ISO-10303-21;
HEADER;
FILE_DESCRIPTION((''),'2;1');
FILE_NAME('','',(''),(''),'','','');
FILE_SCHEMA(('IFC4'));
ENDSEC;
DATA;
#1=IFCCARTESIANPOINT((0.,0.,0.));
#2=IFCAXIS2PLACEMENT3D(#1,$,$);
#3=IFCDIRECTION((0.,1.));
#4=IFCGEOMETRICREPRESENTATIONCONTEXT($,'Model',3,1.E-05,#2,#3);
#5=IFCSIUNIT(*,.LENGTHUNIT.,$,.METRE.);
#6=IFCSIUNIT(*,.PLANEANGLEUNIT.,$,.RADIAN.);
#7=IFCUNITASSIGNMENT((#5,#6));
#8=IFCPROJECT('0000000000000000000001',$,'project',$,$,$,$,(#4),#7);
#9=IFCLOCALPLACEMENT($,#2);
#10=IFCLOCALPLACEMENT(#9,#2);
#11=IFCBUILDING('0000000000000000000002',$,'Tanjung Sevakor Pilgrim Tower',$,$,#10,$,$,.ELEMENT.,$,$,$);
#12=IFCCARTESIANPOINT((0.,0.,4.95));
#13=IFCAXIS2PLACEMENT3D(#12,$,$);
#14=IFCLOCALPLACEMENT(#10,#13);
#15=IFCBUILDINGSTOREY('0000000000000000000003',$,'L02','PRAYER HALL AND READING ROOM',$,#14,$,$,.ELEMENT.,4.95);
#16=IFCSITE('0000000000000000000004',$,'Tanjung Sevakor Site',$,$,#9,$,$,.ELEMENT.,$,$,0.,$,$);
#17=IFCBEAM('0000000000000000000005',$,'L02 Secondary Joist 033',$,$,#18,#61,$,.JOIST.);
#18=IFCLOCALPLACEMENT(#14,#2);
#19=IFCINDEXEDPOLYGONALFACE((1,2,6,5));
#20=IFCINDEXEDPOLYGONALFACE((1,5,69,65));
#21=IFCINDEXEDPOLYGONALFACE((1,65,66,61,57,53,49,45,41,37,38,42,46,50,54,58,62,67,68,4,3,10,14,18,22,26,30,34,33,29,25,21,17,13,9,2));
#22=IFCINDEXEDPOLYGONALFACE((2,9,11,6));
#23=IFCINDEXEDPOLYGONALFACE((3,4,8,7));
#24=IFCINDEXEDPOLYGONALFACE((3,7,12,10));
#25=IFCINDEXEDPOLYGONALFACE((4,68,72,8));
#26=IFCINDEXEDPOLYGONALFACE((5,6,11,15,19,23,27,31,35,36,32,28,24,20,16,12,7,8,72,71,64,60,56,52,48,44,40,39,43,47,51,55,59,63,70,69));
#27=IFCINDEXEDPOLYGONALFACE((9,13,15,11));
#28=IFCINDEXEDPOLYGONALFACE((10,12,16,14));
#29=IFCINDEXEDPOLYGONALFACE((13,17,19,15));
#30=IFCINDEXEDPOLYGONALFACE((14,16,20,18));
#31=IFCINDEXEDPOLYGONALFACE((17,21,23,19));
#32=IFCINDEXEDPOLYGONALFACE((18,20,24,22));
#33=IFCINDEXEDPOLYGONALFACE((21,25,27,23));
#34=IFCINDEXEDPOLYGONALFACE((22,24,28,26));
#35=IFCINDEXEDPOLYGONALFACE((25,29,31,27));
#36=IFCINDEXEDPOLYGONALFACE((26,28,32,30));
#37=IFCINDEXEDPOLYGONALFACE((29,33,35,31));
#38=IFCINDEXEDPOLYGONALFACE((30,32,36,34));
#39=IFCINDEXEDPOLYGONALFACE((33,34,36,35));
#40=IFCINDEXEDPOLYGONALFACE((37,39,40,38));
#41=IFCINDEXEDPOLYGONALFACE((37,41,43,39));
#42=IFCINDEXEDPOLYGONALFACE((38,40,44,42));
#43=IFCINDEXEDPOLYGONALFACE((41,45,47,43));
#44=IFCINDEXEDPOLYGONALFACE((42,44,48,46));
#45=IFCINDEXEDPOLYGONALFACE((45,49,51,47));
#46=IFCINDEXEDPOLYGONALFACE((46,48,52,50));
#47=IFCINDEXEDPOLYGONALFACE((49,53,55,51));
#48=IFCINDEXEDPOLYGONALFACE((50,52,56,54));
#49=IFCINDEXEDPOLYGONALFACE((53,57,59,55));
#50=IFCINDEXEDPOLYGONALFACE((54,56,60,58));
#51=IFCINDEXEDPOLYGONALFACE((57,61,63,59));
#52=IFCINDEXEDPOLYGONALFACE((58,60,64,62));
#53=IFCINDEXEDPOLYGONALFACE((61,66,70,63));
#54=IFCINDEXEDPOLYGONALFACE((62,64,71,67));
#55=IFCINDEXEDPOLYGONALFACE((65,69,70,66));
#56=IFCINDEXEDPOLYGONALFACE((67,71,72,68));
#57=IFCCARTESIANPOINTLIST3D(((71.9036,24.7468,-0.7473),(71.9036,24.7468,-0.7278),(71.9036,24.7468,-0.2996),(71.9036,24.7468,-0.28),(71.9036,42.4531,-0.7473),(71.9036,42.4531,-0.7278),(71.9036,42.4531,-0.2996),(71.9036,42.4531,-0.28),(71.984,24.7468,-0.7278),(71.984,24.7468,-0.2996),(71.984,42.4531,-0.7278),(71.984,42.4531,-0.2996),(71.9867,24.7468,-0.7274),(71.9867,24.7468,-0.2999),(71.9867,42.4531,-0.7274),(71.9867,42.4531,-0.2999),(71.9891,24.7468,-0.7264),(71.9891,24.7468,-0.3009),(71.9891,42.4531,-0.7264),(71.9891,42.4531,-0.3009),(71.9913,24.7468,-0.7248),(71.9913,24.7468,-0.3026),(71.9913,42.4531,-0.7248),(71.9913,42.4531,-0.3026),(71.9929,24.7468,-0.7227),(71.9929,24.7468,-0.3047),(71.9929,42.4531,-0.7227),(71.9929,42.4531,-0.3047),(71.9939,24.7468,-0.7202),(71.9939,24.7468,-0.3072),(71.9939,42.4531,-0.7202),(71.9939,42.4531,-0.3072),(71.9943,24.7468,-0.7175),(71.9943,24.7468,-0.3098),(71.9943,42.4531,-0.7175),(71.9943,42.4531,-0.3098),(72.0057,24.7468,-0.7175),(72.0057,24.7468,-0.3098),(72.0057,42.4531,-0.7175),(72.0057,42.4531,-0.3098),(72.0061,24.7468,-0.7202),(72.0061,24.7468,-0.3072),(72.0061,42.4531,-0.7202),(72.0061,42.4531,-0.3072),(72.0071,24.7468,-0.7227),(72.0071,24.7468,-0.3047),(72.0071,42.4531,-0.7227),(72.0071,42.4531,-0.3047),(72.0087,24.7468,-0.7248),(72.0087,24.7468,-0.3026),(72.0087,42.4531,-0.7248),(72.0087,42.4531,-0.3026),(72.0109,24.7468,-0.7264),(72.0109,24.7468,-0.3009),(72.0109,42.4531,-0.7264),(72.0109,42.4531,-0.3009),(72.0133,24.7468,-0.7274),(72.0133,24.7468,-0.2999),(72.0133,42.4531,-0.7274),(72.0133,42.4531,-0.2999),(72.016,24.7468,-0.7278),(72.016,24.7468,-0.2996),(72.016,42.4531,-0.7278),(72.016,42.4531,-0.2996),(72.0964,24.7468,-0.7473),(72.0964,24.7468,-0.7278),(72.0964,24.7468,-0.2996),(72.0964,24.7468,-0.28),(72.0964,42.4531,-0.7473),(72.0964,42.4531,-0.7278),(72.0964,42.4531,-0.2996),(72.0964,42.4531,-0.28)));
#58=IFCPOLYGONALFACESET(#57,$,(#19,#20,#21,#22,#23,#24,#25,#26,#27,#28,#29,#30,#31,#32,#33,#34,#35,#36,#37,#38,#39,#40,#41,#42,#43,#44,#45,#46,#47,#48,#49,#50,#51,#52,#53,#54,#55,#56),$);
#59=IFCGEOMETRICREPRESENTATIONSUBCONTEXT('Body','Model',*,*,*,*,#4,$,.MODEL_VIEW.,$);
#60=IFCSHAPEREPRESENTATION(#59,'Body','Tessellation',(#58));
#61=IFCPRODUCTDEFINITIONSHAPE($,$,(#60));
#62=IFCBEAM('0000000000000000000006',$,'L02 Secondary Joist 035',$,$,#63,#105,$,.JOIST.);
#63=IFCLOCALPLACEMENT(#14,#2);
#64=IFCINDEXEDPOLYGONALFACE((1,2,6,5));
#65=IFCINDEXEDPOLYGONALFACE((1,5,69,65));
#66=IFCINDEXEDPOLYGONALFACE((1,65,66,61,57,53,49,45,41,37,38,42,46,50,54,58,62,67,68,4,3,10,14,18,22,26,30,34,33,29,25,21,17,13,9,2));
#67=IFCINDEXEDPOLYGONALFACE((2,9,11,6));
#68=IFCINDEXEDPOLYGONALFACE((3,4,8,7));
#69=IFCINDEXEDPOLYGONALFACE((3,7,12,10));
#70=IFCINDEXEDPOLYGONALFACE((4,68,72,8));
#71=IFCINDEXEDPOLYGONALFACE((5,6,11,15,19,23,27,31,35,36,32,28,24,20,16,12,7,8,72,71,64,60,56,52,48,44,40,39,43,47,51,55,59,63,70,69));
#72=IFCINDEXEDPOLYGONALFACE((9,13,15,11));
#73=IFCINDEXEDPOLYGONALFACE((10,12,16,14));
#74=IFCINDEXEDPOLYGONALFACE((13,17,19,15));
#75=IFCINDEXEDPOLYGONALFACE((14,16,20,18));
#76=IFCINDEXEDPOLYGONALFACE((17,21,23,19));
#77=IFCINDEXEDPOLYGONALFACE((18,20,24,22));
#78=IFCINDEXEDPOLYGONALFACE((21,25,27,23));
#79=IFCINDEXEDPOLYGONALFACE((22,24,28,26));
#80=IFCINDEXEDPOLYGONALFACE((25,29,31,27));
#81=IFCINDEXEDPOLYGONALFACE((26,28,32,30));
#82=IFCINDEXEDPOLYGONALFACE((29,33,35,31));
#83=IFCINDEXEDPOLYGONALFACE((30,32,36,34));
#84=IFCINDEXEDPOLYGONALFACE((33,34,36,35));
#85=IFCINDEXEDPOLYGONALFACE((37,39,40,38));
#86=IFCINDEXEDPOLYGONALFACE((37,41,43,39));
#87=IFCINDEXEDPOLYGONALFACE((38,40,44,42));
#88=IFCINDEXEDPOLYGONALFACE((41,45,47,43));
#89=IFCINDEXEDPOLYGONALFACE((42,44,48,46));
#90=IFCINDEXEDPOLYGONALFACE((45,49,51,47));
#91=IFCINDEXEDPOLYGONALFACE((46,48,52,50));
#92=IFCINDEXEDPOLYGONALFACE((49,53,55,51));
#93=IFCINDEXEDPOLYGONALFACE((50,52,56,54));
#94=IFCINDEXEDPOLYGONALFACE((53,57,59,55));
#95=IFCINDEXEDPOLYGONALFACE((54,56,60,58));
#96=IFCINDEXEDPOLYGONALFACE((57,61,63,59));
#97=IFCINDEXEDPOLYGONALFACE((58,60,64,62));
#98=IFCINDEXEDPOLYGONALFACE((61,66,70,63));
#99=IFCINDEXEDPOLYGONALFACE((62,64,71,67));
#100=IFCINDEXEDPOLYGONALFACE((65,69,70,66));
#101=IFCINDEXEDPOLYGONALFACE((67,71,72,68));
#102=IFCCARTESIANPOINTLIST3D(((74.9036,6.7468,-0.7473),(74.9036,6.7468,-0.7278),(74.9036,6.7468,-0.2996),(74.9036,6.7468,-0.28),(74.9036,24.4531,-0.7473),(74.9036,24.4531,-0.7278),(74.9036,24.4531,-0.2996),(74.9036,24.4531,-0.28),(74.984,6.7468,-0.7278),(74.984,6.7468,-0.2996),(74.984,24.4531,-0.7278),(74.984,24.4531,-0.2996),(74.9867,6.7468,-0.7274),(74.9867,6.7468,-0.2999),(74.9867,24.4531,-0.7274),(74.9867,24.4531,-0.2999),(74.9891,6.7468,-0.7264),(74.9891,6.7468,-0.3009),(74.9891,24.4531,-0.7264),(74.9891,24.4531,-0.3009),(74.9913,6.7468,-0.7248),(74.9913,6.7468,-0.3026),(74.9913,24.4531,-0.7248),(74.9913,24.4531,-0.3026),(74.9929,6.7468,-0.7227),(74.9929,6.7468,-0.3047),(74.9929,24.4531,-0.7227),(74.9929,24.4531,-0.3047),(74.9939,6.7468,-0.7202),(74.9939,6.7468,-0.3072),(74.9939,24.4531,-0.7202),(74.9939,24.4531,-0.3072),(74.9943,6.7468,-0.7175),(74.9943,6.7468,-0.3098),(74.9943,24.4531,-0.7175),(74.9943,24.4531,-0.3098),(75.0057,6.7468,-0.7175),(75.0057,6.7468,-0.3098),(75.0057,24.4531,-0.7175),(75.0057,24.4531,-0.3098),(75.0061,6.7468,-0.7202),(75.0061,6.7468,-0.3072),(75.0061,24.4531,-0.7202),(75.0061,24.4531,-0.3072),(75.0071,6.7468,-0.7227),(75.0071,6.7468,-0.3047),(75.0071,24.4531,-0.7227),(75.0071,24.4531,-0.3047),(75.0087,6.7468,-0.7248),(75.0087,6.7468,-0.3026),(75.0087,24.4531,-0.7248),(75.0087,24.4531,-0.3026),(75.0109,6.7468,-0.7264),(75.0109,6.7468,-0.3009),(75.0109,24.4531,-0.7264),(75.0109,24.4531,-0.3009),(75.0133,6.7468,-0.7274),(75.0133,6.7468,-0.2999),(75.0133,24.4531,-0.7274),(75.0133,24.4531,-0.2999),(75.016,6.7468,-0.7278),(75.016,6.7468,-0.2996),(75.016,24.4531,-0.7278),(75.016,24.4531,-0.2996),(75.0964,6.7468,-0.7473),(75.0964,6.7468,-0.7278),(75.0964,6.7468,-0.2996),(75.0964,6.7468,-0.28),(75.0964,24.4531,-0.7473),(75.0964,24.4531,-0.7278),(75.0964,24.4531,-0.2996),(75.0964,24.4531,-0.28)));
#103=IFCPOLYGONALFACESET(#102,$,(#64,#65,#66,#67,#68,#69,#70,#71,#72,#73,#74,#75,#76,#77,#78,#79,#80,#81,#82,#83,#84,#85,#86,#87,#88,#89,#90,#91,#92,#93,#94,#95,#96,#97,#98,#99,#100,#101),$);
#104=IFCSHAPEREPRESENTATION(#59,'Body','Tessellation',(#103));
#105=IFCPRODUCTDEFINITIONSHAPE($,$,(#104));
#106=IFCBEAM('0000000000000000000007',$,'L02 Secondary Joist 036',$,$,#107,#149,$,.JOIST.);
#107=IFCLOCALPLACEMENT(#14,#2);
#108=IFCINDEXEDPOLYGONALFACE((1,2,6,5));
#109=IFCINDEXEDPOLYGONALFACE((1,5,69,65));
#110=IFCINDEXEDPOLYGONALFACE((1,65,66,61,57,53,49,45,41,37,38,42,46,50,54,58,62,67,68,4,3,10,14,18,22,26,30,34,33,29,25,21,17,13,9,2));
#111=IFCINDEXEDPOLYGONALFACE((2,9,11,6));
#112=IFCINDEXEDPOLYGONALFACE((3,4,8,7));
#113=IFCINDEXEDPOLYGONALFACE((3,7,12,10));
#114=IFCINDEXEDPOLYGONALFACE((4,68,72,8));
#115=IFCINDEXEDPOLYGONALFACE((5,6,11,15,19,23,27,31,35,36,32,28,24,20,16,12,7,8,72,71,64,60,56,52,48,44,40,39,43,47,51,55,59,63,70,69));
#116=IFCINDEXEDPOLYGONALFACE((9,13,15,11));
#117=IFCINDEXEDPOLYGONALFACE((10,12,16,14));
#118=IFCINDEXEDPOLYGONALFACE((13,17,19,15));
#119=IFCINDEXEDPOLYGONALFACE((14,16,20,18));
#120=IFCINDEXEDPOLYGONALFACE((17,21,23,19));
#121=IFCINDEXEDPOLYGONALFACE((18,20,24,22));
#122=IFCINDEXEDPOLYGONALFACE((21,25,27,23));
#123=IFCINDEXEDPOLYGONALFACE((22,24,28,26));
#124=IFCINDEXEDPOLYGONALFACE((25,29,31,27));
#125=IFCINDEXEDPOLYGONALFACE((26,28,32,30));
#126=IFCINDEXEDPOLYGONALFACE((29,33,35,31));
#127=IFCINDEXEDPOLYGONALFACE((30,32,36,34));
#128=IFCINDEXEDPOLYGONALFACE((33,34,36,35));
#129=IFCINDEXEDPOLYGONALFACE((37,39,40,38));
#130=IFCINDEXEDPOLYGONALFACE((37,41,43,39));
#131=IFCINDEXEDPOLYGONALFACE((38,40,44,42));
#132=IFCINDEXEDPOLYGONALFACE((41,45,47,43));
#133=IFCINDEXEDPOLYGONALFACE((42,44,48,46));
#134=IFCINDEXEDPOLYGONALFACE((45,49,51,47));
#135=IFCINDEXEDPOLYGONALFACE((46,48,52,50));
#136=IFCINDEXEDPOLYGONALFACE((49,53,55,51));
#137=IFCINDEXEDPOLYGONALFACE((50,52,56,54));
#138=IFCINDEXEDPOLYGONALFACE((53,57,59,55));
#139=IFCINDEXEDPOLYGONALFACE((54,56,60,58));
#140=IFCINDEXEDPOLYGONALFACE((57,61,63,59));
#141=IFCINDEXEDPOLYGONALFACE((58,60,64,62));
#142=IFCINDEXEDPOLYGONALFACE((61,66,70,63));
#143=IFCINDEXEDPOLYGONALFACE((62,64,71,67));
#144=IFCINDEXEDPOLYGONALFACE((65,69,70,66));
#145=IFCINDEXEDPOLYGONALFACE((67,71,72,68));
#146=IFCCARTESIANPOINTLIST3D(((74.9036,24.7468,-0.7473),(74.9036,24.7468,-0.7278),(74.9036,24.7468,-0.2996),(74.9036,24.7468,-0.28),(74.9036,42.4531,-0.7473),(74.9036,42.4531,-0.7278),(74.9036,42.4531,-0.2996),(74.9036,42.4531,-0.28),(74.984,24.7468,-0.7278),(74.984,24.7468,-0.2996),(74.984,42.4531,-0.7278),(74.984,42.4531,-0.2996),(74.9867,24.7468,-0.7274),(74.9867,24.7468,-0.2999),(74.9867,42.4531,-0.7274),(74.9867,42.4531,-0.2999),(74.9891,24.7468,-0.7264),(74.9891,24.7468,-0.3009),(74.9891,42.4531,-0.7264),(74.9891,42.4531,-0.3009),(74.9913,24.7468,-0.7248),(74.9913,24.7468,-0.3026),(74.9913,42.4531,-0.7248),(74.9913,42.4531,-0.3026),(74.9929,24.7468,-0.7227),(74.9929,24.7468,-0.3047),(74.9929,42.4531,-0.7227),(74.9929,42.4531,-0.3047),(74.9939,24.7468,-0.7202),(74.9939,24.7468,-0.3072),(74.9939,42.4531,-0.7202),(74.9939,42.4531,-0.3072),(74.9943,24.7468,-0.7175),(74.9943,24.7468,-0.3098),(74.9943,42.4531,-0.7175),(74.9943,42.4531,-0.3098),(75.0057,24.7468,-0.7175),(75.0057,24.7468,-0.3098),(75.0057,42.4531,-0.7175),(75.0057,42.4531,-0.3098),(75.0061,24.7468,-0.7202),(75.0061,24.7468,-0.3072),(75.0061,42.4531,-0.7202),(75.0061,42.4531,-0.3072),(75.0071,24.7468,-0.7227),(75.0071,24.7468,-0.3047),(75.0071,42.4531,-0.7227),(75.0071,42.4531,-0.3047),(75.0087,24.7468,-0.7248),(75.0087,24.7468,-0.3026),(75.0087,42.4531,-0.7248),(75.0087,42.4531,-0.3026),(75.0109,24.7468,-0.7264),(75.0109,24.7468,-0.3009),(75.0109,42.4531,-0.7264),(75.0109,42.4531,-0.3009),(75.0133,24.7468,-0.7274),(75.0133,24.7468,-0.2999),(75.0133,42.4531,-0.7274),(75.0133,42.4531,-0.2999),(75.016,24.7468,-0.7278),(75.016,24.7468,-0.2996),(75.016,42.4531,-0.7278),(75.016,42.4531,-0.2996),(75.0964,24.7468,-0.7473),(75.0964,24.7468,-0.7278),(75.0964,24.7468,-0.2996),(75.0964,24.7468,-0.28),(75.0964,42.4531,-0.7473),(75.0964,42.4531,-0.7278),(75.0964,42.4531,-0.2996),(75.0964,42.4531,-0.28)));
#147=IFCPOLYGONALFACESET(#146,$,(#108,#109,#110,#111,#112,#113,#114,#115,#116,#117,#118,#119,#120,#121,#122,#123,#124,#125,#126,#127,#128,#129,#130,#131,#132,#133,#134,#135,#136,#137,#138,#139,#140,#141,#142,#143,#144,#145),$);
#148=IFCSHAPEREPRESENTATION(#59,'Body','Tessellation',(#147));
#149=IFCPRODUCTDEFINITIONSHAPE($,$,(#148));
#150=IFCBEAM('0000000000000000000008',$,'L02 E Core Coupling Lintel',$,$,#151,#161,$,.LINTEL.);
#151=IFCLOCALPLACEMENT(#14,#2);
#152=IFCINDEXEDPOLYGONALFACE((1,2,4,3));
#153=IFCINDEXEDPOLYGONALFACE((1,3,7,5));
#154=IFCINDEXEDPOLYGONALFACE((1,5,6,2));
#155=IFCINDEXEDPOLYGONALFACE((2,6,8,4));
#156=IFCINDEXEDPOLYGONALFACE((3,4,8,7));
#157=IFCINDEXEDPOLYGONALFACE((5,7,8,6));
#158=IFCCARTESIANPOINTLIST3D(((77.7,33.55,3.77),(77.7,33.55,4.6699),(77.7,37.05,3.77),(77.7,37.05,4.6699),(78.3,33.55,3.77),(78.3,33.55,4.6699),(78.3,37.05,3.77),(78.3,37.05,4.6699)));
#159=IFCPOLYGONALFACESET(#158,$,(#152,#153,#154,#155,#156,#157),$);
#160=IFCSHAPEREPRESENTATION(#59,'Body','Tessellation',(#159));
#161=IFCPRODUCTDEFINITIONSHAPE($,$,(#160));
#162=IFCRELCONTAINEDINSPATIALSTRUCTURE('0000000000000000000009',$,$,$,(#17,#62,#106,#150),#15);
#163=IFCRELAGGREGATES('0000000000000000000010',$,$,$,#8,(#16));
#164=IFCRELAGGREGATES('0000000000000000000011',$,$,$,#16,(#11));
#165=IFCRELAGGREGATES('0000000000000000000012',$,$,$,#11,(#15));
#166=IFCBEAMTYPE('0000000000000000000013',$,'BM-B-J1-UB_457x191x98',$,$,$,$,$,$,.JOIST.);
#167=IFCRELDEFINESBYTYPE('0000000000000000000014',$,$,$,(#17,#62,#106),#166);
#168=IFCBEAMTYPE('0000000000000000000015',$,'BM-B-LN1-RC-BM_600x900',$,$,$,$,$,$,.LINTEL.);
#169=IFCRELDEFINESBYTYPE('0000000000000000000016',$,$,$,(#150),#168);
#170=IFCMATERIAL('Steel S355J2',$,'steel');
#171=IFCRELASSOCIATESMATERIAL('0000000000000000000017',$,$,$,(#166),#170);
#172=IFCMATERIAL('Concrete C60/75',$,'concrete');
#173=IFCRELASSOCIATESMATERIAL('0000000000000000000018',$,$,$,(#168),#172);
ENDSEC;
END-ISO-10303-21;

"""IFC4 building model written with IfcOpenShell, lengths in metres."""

from ifc_helpers import new_model, si_unit, direction, frame, origin, origin_2d, place, context, subcontext, project, spatial, rectangle, i_section, extrude, material, material_profile, profile_set, type_object, element, save


model = new_model("IFC4")

# Units and contexts
model_context = context("Model", 3, precision=1e-05, world=origin(), true_north=direction((0.0, 1.0)))
body_context = subcontext(model_context, "Body", "Model", "MODEL_VIEW")
ifc_project = project(units=[si_unit("LENGTHUNIT", "METRE"), si_unit("PLANEANGLEUNIT", "RADIAN")], contexts=[model_context])

# Site, building, storey
site_placement = place(None, origin())
site = spatial("IfcSite", under=ifc_project, at=site_placement, Name="Tanjung Sevakor Site", CompositionType="ELEMENT", RefElevation=0.0)
building_placement = place(site_placement, origin())
building = spatial("IfcBuilding", under=site, at=building_placement, Name="Tanjung Sevakor Pilgrim Tower", CompositionType="ELEMENT")
storey_placement = place(building_placement, frame((0.0, 0.0, 4.95)))
storey = spatial("IfcBuildingStorey", under=building, at=storey_placement, Name="L02", Description="PRAYER HALL AND READING ROOM", CompositionType="ELEMENT", Elevation=4.95)

# Beams
ifc_material_1 = material(Name="Steel S355J2", Category="steel")
ifc_material_profile_1 = material_profile(ifc_material_1, i_section(OverallWidth=0.1929, OverallDepth=0.4673, WebThickness=0.0115, FlangeThickness=0.0195, FilletRadius=0.0103, at=origin_2d()))
ifc_profile_set_1 = profile_set([ifc_material_profile_1], Name="Steel S355J2")
beam_type_1 = type_object("IfcBeamType", Name="BM-B-J1-UB_457x191x98", PredefinedType="JOIST", material=ifc_profile_set_1)
for number, where, z_axis, x_axis, name in (
    (1, (72.0, 24.7468, -0.5137), (0.0, 1.0, 0.0), (-1.0, 0.0, 0.0), "L02 Secondary Joist 033"),
    (2, (75.0, 6.7468, -0.5137), (0.0, 1.0, 0.0), (-1.0, 0.0, 0.0), "L02 Secondary Joist 035"),
    (3, (75.0, 24.7468, -0.5137), (0.0, 1.0, 0.0), (-1.0, 0.0, 0.0), "L02 Secondary Joist 036"),
):
    element("IfcBeam", number, at=place(storey_placement, frame(where, z_axis=z_axis, x_axis=x_axis)), inside=storey, type_object=beam_type_1, Name=name, PredefinedType="JOIST", context=body_context, shape_type="SweptSolid", body=[
        extrude(i_section(OverallWidth=0.1929, OverallDepth=0.4673, WebThickness=0.0115, FlangeThickness=0.0195, FilletRadius=0.0103, at=origin_2d()), origin(), (0.0, 0.0, 1.0), 17.7063),
    ])
ifc_material_2 = material(Name="Concrete C60/75", Category="concrete")
ifc_material_profile_2 = material_profile(ifc_material_2, rectangle(XDim=0.6001, YDim=0.8999, at=origin_2d()))
ifc_profile_set_2 = profile_set([ifc_material_profile_2], Name="Concrete C60/75")
beam_type_2 = type_object("IfcBeamType", Name="BM-B-LN1-RC-BM_600x900", PredefinedType="LINTEL", material=ifc_profile_set_2)
beam_1_placement = place(storey_placement, frame((78.0, 33.55, 4.22), z_axis=(0.0, 1.0, 0.0), x_axis=(-1.0, 0.0, 0.0)))
element("IfcBeam", 4, at=beam_1_placement, inside=storey, type_object=beam_type_2, Name="L02 E Core Coupling Lintel", PredefinedType="LINTEL", context=body_context, shape_type="SweptSolid", body=[
    extrude(rectangle(XDim=0.6001, YDim=0.8999, at=origin_2d()), origin(), (0.0, 0.0, 1.0), 3.5),
])

save(model, "model.ifc")
